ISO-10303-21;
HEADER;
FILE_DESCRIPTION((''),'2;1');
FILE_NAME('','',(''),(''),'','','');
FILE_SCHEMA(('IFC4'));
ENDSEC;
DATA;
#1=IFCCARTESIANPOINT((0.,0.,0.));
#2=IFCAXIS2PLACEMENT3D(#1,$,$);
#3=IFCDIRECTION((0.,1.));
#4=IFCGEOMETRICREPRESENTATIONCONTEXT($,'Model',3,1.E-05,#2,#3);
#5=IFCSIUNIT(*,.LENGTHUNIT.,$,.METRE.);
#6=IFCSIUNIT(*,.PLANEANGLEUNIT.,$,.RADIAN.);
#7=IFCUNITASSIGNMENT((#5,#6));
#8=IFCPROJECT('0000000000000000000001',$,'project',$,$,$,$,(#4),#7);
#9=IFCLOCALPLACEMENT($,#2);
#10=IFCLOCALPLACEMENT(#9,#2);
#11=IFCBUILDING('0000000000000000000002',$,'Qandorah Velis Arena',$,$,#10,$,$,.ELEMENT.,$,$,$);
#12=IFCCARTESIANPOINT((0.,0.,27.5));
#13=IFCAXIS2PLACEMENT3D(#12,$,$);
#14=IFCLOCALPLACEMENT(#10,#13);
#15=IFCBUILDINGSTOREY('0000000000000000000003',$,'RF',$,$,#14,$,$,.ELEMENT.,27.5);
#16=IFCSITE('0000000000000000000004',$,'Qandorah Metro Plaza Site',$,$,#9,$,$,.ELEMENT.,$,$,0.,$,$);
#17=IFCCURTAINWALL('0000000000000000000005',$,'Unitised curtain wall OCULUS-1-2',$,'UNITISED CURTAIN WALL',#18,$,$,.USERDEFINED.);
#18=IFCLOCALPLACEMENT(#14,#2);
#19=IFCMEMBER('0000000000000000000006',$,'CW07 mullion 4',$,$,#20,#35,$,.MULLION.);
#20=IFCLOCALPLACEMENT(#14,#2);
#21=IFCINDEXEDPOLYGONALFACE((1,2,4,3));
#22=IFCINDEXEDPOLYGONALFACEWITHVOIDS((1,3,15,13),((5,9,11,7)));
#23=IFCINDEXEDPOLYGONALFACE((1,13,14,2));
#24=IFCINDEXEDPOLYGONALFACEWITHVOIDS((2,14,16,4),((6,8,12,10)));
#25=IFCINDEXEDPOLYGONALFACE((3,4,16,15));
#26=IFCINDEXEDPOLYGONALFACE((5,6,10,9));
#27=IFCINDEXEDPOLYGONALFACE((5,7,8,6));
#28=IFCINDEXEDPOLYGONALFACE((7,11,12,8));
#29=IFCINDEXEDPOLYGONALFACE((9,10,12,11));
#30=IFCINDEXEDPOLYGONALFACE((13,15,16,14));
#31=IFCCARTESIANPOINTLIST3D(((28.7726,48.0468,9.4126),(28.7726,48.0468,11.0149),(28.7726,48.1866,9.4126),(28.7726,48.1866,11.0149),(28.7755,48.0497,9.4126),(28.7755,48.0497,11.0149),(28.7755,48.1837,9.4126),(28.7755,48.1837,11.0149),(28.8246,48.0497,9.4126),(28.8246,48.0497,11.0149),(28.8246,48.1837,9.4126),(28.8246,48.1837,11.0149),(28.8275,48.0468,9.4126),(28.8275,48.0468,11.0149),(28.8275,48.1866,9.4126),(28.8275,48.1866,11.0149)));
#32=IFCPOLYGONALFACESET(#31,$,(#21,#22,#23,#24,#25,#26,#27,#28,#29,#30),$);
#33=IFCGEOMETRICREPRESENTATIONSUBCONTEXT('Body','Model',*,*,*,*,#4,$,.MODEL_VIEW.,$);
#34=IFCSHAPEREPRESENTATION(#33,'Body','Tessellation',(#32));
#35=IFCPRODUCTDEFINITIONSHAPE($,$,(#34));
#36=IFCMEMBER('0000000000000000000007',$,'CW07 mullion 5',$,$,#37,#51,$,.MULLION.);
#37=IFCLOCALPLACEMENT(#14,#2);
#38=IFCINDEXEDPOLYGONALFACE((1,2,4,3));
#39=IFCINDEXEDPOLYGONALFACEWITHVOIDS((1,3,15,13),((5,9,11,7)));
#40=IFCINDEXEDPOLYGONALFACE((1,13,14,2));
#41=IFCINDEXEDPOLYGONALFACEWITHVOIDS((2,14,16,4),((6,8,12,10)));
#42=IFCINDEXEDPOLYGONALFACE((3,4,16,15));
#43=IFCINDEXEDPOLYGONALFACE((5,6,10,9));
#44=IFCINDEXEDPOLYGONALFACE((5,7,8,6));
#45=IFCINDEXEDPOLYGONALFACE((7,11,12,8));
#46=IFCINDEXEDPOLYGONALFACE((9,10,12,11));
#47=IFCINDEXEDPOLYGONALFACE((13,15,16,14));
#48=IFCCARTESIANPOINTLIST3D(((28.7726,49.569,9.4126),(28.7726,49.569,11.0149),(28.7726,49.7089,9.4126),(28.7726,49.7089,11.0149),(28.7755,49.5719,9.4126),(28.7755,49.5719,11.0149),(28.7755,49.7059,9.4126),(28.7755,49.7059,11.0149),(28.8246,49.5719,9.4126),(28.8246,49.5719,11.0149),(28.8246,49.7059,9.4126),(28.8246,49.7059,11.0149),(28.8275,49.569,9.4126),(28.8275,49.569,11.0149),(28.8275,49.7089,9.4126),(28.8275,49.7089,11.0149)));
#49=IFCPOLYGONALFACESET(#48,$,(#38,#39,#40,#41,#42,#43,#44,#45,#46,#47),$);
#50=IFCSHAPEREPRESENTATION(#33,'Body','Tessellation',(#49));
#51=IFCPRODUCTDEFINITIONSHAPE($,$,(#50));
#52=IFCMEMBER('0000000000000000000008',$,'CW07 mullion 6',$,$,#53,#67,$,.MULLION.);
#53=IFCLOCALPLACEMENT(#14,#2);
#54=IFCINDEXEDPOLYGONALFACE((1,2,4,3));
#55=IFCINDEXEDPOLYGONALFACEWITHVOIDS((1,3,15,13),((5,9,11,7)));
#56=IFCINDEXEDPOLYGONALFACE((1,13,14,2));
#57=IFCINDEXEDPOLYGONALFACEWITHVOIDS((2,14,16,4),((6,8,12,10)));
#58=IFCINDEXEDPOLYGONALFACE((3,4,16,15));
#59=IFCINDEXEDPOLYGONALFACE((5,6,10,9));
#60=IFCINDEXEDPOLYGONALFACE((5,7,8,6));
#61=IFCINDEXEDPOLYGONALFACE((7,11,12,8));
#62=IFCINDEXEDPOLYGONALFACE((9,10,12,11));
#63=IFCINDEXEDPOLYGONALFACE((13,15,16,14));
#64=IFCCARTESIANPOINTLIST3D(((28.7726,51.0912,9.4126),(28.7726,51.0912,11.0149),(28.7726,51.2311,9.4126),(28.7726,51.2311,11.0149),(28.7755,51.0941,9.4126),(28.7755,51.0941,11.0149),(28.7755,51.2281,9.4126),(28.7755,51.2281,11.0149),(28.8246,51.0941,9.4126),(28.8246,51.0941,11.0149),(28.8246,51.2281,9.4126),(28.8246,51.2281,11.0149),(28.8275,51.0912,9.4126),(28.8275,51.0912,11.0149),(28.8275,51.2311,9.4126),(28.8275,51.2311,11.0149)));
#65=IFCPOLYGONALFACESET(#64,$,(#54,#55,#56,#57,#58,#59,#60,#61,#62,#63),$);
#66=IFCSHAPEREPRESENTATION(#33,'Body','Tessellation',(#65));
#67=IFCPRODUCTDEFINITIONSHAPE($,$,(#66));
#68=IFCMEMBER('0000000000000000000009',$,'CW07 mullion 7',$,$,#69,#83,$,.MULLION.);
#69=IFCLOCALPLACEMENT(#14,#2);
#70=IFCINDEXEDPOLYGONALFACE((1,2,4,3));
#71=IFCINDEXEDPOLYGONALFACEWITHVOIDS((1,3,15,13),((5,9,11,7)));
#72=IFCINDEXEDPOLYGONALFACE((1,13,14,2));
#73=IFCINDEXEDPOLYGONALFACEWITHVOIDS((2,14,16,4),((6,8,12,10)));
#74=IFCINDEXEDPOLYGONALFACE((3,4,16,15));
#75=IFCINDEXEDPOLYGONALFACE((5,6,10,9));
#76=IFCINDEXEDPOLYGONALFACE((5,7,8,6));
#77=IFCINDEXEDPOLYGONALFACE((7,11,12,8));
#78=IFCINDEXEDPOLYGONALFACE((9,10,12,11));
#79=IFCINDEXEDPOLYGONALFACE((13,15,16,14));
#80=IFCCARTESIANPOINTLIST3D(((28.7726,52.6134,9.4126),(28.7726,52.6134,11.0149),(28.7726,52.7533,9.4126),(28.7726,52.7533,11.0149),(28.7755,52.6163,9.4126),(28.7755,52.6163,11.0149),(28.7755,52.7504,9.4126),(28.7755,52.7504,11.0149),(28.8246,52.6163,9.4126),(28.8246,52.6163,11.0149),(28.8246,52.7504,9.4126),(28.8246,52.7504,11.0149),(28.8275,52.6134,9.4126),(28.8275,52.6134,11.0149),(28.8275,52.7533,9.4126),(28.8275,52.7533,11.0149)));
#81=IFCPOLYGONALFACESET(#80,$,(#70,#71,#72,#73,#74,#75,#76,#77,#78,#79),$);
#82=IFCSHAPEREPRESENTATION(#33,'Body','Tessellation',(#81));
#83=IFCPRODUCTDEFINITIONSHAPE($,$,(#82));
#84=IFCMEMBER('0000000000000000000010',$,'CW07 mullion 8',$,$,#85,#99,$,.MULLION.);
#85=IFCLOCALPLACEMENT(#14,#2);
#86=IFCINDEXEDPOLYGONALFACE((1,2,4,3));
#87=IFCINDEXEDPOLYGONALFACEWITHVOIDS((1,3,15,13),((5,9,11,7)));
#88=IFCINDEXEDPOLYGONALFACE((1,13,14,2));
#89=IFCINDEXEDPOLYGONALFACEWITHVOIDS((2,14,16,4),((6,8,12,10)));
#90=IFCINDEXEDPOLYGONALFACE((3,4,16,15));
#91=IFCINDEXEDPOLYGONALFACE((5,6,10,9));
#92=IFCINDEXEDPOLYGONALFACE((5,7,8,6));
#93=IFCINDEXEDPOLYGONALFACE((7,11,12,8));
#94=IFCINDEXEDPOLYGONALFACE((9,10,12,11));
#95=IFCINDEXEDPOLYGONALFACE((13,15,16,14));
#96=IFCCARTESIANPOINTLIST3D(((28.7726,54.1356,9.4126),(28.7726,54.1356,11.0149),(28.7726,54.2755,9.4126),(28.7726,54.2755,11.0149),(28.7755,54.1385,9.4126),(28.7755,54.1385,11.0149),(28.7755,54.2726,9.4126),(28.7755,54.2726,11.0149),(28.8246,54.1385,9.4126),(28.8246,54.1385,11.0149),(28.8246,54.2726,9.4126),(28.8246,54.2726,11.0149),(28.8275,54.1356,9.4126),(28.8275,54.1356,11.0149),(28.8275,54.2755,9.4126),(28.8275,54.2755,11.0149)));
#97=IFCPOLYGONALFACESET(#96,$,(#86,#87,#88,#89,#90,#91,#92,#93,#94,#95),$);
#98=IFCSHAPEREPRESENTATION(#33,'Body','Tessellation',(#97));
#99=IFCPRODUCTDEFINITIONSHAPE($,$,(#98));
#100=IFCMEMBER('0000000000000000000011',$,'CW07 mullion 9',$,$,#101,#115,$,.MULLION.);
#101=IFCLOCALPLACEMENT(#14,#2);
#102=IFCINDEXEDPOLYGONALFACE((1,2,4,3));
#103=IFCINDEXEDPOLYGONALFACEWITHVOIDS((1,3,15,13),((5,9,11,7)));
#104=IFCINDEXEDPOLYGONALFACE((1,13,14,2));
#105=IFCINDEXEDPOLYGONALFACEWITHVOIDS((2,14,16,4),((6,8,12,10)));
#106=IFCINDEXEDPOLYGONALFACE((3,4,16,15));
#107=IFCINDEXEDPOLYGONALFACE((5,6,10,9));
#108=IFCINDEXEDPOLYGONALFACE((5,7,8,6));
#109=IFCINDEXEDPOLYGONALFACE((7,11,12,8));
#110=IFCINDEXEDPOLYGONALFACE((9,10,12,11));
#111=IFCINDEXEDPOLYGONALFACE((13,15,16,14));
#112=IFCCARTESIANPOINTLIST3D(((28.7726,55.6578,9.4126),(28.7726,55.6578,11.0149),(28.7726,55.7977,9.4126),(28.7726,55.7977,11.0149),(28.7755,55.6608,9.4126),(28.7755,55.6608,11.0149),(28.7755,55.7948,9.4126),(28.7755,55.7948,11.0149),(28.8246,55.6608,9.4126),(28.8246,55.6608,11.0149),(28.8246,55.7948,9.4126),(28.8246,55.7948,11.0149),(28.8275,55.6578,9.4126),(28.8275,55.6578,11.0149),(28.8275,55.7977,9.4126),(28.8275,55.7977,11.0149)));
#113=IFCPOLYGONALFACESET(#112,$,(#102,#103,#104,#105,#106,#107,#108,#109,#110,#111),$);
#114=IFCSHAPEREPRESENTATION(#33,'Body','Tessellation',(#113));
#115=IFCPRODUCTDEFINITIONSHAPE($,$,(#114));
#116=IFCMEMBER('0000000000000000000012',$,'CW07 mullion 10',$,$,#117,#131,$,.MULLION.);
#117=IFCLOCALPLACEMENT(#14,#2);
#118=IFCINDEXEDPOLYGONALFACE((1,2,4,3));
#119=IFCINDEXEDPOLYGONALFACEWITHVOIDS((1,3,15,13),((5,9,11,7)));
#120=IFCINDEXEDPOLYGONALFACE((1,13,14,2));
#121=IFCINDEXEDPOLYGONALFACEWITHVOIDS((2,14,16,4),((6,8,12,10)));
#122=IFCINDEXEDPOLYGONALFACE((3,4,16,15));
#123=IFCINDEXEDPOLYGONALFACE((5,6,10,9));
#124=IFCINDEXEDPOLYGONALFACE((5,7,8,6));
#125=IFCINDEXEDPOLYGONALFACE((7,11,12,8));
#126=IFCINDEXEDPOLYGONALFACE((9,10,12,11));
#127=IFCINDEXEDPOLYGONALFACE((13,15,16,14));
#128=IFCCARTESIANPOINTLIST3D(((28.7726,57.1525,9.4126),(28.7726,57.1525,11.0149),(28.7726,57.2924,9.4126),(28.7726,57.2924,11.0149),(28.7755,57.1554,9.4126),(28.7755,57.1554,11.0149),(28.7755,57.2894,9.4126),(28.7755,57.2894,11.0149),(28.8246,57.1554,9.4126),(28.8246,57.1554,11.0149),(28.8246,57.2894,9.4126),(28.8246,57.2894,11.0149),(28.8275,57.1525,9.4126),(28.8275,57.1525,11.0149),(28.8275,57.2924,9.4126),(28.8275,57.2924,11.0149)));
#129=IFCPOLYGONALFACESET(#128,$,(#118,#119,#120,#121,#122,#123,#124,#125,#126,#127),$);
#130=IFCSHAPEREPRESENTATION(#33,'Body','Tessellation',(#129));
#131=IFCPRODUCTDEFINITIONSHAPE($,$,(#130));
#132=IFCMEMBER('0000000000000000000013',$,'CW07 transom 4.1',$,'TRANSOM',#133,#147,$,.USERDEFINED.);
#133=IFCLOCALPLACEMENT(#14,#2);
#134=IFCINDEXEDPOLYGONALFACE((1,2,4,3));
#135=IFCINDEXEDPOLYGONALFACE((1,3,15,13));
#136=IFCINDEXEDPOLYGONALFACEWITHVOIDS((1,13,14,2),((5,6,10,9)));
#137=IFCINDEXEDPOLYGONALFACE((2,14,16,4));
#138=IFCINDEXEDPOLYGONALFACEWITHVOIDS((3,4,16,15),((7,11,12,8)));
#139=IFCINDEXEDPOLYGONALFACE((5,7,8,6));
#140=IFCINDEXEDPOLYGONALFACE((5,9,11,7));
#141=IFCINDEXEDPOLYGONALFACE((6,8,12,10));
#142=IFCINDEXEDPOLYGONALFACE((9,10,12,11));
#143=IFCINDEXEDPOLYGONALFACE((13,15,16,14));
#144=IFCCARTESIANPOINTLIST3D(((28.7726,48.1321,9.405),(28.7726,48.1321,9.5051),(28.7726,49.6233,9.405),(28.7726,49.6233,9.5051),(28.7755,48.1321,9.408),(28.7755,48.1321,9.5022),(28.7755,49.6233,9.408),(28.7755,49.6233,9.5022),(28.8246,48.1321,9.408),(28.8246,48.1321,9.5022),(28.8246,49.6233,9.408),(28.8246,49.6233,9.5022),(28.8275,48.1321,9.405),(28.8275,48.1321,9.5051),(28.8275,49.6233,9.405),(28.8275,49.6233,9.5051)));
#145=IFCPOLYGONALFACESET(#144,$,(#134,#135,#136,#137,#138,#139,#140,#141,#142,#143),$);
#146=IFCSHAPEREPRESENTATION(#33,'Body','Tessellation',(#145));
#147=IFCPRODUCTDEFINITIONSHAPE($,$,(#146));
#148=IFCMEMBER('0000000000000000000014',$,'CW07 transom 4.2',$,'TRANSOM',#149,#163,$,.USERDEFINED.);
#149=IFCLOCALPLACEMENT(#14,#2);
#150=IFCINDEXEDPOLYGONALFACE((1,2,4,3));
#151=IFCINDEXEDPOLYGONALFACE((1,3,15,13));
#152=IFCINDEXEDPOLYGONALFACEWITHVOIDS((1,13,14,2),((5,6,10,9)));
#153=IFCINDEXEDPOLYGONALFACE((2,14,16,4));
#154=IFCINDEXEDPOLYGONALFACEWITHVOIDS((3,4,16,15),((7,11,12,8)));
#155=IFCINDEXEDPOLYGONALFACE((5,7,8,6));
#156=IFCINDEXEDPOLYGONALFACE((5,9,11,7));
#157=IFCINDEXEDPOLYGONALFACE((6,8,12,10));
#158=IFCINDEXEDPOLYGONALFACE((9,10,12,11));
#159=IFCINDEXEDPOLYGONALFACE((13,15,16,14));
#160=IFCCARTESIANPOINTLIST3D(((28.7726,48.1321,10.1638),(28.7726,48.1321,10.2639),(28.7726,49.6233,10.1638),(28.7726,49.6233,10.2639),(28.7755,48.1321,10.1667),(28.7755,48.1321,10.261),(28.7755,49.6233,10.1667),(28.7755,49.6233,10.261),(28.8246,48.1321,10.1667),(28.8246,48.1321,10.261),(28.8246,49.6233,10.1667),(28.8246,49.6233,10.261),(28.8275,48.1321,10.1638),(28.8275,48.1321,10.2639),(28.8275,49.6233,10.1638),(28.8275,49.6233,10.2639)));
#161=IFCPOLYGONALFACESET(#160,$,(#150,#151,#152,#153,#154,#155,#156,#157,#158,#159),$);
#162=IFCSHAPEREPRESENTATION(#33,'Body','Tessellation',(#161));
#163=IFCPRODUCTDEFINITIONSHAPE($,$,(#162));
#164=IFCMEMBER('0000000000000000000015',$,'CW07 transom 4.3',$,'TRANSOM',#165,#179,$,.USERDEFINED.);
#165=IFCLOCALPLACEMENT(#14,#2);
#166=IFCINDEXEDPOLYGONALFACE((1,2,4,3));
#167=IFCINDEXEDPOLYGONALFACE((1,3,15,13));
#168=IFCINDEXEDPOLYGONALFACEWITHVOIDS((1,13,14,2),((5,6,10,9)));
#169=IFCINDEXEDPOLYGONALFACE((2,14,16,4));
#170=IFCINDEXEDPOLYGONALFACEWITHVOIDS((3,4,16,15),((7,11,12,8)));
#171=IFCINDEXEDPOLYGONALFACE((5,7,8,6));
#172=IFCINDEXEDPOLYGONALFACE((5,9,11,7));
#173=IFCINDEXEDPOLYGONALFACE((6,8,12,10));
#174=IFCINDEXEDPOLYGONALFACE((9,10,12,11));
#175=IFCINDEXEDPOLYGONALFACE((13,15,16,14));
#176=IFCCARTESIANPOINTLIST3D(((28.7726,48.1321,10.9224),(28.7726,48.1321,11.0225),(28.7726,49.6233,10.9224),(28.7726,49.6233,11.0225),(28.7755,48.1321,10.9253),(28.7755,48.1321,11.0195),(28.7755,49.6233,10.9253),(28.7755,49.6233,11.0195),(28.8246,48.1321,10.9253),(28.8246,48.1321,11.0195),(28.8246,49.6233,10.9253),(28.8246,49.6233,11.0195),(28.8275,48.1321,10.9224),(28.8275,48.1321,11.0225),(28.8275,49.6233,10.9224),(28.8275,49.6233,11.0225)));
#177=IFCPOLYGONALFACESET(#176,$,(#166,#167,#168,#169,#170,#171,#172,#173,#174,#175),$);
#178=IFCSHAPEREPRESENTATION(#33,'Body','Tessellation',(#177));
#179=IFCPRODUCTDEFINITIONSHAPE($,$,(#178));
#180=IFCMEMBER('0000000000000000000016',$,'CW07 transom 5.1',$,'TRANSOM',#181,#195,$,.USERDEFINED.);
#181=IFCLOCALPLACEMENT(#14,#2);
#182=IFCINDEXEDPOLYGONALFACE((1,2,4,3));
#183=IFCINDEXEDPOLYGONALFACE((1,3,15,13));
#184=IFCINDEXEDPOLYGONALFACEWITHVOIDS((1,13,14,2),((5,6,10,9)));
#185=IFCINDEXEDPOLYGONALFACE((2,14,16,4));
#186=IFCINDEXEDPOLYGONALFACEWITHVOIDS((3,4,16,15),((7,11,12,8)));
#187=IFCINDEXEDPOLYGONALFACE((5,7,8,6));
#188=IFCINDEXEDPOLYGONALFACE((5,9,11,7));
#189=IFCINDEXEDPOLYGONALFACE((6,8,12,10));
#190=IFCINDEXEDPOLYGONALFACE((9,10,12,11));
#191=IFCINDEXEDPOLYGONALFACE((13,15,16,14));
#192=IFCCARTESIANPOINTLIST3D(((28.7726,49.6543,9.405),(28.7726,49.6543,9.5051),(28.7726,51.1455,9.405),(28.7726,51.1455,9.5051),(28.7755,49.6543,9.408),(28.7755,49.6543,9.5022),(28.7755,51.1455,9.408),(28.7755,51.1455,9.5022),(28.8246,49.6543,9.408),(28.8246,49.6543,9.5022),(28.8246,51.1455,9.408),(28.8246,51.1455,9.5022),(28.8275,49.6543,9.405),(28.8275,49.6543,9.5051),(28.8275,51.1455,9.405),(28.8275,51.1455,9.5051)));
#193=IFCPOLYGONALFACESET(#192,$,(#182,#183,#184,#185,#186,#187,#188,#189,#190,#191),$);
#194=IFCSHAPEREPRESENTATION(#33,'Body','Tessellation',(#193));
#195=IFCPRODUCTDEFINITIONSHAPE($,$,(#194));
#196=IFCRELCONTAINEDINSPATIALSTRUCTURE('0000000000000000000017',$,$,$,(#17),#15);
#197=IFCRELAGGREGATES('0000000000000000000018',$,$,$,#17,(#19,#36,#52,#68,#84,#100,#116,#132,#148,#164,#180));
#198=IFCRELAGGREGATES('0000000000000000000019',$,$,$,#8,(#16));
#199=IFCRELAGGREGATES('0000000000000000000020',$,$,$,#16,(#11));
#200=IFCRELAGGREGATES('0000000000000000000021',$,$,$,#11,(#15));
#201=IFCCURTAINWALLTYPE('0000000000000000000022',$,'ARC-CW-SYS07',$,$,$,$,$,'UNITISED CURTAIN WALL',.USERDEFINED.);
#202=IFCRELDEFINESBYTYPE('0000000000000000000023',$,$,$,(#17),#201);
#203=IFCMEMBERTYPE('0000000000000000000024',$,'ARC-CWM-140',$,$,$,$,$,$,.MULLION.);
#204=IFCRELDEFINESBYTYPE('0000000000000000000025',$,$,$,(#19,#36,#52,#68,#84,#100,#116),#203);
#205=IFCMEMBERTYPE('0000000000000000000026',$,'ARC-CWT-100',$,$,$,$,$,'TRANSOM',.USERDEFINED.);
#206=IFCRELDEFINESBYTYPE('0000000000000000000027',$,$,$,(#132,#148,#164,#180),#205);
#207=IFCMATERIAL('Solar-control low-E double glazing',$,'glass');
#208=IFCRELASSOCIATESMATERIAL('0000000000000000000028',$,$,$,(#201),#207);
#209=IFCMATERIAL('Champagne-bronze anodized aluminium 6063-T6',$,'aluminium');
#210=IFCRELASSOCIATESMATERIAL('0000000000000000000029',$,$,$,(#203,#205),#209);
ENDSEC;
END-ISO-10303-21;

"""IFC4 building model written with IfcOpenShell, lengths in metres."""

from ifc_helpers import new_model, si_unit, direction, frame, origin, origin_2d, place, context, subcontext, project, spatial, hollow_rectangle, extrude, material, material_profile, profile_set, type_object, element, aggregate, save


model = new_model("IFC4")

# Units and contexts
model_context = context("Model", 3, precision=1e-05, world=origin(), true_north=direction((0.0, 1.0)))
body_context = subcontext(model_context, "Body", "Model", "MODEL_VIEW")
ifc_project = project(units=[si_unit("LENGTHUNIT", "METRE"), si_unit("PLANEANGLEUNIT", "RADIAN")], contexts=[model_context])

# Site, building, storey
site_placement = place(None, origin())
site = spatial("IfcSite", under=ifc_project, at=site_placement, Name="Qandorah Metro Plaza Site", CompositionType="ELEMENT", RefElevation=0.0)
building_placement = place(site_placement, origin())
building = spatial("IfcBuilding", under=site, at=building_placement, Name="Qandorah Velis Arena", CompositionType="ELEMENT")
storey_placement = place(building_placement, frame((0.0, 0.0, 27.5)))
storey = spatial("IfcBuildingStorey", under=building, at=storey_placement, Name="RF", CompositionType="ELEMENT", Elevation=27.5)

# Curtain wall, members
ifc_material_1 = material(Name="Solar-control low-E double glazing", Category="glass")
curtain_wall_type = type_object("IfcCurtainWallType", Name="ARC-CW-SYS07", ElementType="UNITISED CURTAIN WALL", PredefinedType="USERDEFINED", material=ifc_material_1)
curtain_wall_placement = place(storey_placement, origin())
curtain_wall = element("IfcCurtainWall", 1, at=curtain_wall_placement, inside=storey, type_object=curtain_wall_type, Name="Unitised curtain wall OCULUS-1-2", ObjectType="UNITISED CURTAIN WALL", PredefinedType="USERDEFINED")
ifc_material_2 = material(Name="Champagne-bronze anodized aluminium 6063-T6", Category="aluminium")
ifc_material_profile_1 = material_profile(ifc_material_2, hollow_rectangle(XDim=0.0549, YDim=0.1399, WallThickness=0.0029, at=origin_2d()), Name="ALU MULLION 55x140")
ifc_profile_set_1 = profile_set([ifc_material_profile_1], Name="Champagne-bronze anodized aluminium 6063-T6")
member_type_1 = type_object("IfcMemberType", Name="ARC-CWM-140", PredefinedType="MULLION", material=ifc_profile_set_1)
member_1_placement = place(storey_placement, frame((28.8, 48.1167, 9.4126), z_axis=(0.0, 0.0, 1.0), x_axis=(-1.0, 0.0, 0.0)))
member_1 = element("IfcMember", 2, at=member_1_placement, type_object=member_type_1, Name="CW07 mullion 4", PredefinedType="MULLION", context=body_context, shape_type="SweptSolid", body=[
    extrude(hollow_rectangle(XDim=0.0549, YDim=0.1399, WallThickness=0.0029, at=origin_2d()), origin(), (0.0, 0.0, 1.0), 1.6023),
])
member_2_placement = place(storey_placement, frame((28.8, 49.6389, 9.4126), z_axis=(0.0, 0.0, 1.0), x_axis=(-1.0, 0.0, 0.0)))
member_2 = element("IfcMember", 3, at=member_2_placement, type_object=member_type_1, Name="CW07 mullion 5", PredefinedType="MULLION", context=body_context, shape_type="SweptSolid", body=[
    extrude(hollow_rectangle(XDim=0.0549, YDim=0.1399, WallThickness=0.0029, at=origin_2d()), origin(), (0.0, 0.0, 1.0), 1.6023),
])
member_3_placement = place(storey_placement, frame((28.8, 51.1611, 9.4126), z_axis=(0.0, 0.0, 1.0), x_axis=(-1.0, 0.0, 0.0)))
member_3 = element("IfcMember", 4, at=member_3_placement, type_object=member_type_1, Name="CW07 mullion 6", PredefinedType="MULLION", context=body_context, shape_type="SweptSolid", body=[
    extrude(hollow_rectangle(XDim=0.0549, YDim=0.1399, WallThickness=0.0029, at=origin_2d()), origin(), (0.0, 0.0, 1.0), 1.6023),
])
member_4_placement = place(storey_placement, frame((28.8, 52.6833, 9.4126), z_axis=(0.0, 0.0, 1.0), x_axis=(-1.0, 0.0, 0.0)))
member_4 = element("IfcMember", 5, at=member_4_placement, type_object=member_type_1, Name="CW07 mullion 7", PredefinedType="MULLION", context=body_context, shape_type="SweptSolid", body=[
    extrude(hollow_rectangle(XDim=0.0549, YDim=0.1399, WallThickness=0.0029, at=origin_2d()), origin(), (0.0, 0.0, 1.0), 1.6023),
])
member_5_placement = place(storey_placement, frame((28.8, 54.2056, 9.4126), z_axis=(0.0, 0.0, 1.0), x_axis=(-1.0, 0.0, 0.0)))
member_5 = element("IfcMember", 6, at=member_5_placement, type_object=member_type_1, Name="CW07 mullion 8", PredefinedType="MULLION", context=body_context, shape_type="SweptSolid", body=[
    extrude(hollow_rectangle(XDim=0.0549, YDim=0.1399, WallThickness=0.0029, at=origin_2d()), origin(), (0.0, 0.0, 1.0), 1.6023),
])
member_6_placement = place(storey_placement, frame((28.8, 55.7278, 9.4126), z_axis=(0.0, 0.0, 1.0), x_axis=(-1.0, 0.0, 0.0)))
member_6 = element("IfcMember", 7, at=member_6_placement, type_object=member_type_1, Name="CW07 mullion 9", PredefinedType="MULLION", context=body_context, shape_type="SweptSolid", body=[
    extrude(hollow_rectangle(XDim=0.0549, YDim=0.1399, WallThickness=0.0029, at=origin_2d()), origin(), (0.0, 0.0, 1.0), 1.6023),
])
member_7_placement = place(storey_placement, frame((28.8, 57.2224, 9.4126), z_axis=(0.0, 0.0, 1.0), x_axis=(-1.0, 0.0, 0.0)))
member_7 = element("IfcMember", 8, at=member_7_placement, type_object=member_type_1, Name="CW07 mullion 10", PredefinedType="MULLION", context=body_context, shape_type="SweptSolid", body=[
    extrude(hollow_rectangle(XDim=0.0549, YDim=0.1399, WallThickness=0.0029, at=origin_2d()), origin(), (0.0, 0.0, 1.0), 1.6023),
])
ifc_material_profile_2 = material_profile(ifc_material_2, hollow_rectangle(XDim=0.0549, YDim=0.1001, WallThickness=0.0029, at=origin_2d()), Name="ALU TRANSOM 55x100")
ifc_profile_set_2 = profile_set([ifc_material_profile_2], Name="Champagne-bronze anodized aluminium 6063-T6")
member_type_2 = type_object("IfcMemberType", Name="ARC-CWT-100", ElementType="TRANSOM", PredefinedType="USERDEFINED", material=ifc_profile_set_2)
member_8_placement = place(storey_placement, frame((28.8, 48.1321, 9.4551), z_axis=(0.0, 1.0, 0.0), x_axis=(-1.0, 0.0, 0.0)))
member_8 = element("IfcMember", 9, at=member_8_placement, type_object=member_type_2, Name="CW07 transom 4.1", ObjectType="TRANSOM", PredefinedType="USERDEFINED", context=body_context, shape_type="SweptSolid", body=[
    extrude(hollow_rectangle(XDim=0.0549, YDim=0.1001, WallThickness=0.0029, at=origin_2d()), origin(), (0.0, 0.0, 1.0), 1.4912),
])
member_9_placement = place(storey_placement, frame((28.8, 48.1321, 10.2139), z_axis=(0.0, 1.0, 0.0), x_axis=(-1.0, 0.0, 0.0)))
member_9 = element("IfcMember", 10, at=member_9_placement, type_object=member_type_2, Name="CW07 transom 4.2", ObjectType="TRANSOM", PredefinedType="USERDEFINED", context=body_context, shape_type="SweptSolid", body=[
    extrude(hollow_rectangle(XDim=0.0549, YDim=0.1001, WallThickness=0.0029, at=origin_2d()), origin(), (0.0, 0.0, 1.0), 1.4912),
])
member_10_placement = place(storey_placement, frame((28.8, 48.1321, 10.9724), z_axis=(0.0, 1.0, 0.0), x_axis=(-1.0, 0.0, 0.0)))
member_10 = element("IfcMember", 11, at=member_10_placement, type_object=member_type_2, Name="CW07 transom 4.3", ObjectType="TRANSOM", PredefinedType="USERDEFINED", context=body_context, shape_type="SweptSolid", body=[
    extrude(hollow_rectangle(XDim=0.0549, YDim=0.1001, WallThickness=0.0029, at=origin_2d()), origin(), (0.0, 0.0, 1.0), 1.4912),
])
member_11_placement = place(storey_placement, frame((28.8, 49.6543, 9.4551), z_axis=(0.0, 1.0, 0.0), x_axis=(-1.0, 0.0, 0.0)))
member_11 = element("IfcMember", 12, at=member_11_placement, type_object=member_type_2, Name="CW07 transom 5.1", ObjectType="TRANSOM", PredefinedType="USERDEFINED", context=body_context, shape_type="SweptSolid", body=[
    extrude(hollow_rectangle(XDim=0.0549, YDim=0.1001, WallThickness=0.0029, at=origin_2d()), origin(), (0.0, 0.0, 1.0), 1.4912),
])

aggregate(curtain_wall, [member_1, member_2, member_3, member_4, member_5, member_6, member_7, member_8, member_9, member_10, member_11])

save(model, "model.ifc")
